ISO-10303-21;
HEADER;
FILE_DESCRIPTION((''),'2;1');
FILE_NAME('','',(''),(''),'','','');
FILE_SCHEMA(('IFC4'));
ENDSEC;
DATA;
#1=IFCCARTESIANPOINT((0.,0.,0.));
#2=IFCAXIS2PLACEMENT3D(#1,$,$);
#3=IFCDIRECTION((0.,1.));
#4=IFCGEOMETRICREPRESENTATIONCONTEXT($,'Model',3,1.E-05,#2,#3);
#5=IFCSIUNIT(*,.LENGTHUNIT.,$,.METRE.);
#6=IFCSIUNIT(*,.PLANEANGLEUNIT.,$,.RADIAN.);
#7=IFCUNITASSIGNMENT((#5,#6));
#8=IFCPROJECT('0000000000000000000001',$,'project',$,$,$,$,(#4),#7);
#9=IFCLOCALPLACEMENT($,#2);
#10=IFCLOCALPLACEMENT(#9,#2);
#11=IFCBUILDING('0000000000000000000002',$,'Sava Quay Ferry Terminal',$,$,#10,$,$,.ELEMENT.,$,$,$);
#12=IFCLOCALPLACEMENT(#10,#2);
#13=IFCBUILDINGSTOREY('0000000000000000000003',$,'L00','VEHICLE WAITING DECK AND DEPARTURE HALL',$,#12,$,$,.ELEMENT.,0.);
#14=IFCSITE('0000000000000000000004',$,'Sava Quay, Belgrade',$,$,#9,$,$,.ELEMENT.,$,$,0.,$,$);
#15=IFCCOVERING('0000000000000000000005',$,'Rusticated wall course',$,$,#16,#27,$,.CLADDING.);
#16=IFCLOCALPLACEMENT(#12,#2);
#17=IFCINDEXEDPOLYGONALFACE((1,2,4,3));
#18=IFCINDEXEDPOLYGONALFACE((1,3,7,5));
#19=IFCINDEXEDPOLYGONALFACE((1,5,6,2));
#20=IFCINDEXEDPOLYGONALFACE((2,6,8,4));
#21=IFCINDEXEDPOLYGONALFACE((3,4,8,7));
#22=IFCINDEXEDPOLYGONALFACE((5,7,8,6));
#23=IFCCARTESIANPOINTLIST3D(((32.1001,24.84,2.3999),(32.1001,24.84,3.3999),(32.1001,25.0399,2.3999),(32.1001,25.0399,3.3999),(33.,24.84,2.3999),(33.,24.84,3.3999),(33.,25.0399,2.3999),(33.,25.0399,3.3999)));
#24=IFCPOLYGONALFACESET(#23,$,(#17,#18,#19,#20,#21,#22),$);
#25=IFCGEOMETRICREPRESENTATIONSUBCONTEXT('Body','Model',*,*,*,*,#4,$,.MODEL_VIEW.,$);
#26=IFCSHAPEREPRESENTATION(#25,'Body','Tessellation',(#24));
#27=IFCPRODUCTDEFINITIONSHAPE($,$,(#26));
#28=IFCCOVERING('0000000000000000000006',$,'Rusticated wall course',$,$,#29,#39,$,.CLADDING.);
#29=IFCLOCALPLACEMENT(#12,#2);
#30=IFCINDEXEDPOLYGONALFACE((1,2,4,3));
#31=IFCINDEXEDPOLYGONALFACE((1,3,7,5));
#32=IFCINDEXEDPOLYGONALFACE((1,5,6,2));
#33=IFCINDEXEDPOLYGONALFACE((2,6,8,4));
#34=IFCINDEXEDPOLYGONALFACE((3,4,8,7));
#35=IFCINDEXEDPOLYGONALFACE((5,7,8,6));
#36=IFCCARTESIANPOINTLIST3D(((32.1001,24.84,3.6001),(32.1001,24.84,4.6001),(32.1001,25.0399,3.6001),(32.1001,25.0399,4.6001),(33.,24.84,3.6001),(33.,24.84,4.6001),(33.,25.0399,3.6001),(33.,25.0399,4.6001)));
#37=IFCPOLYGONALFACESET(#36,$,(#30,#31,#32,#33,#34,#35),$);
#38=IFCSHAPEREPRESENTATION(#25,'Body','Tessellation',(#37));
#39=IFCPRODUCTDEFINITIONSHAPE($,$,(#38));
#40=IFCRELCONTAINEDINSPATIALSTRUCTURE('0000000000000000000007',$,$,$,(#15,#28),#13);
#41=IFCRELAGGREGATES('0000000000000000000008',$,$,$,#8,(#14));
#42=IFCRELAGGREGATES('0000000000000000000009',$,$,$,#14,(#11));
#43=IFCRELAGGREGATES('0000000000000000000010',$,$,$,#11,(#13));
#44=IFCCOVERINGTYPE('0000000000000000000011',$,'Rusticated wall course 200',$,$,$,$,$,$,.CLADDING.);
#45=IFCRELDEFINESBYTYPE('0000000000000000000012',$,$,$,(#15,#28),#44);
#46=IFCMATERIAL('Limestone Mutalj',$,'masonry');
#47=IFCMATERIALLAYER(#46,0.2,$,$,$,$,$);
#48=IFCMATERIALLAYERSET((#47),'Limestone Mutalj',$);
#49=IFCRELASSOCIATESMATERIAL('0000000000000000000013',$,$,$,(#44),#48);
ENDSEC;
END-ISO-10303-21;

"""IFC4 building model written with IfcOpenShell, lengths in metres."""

from ifc_helpers import new_model, si_unit, direction, frame, origin, origin_2d, place, context, subcontext, project, spatial, rectangle, extrude, material, layer, layer_set, type_object, element, save


model = new_model("IFC4")

# Units and contexts
model_context = context("Model", 3, precision=1e-05, world=origin(), true_north=direction((0.0, 1.0)))
body_context = subcontext(model_context, "Body", "Model", "MODEL_VIEW")
ifc_project = project(units=[si_unit("LENGTHUNIT", "METRE"), si_unit("PLANEANGLEUNIT", "RADIAN")], contexts=[model_context])

# Site, building, storey
site_placement = place(None, origin())
site = spatial("IfcSite", under=ifc_project, at=site_placement, Name="Sava Quay, Belgrade", CompositionType="ELEMENT", RefElevation=0.0)
building_placement = place(site_placement, origin())
building = spatial("IfcBuilding", under=site, at=building_placement, Name="Sava Quay Ferry Terminal", CompositionType="ELEMENT")
storey_placement = place(building_placement, origin())
storey = spatial("IfcBuildingStorey", under=building, at=storey_placement, Name="L00", Description="VEHICLE WAITING DECK AND DEPARTURE HALL", CompositionType="ELEMENT", Elevation=0.0)

# Coverings
ifc_material_1 = material(Name="Limestone Mutalj", Category="masonry")
ifc_layer_1 = layer(ifc_material_1, 0.2)
ifc_layer_set_1 = layer_set([ifc_layer_1], Name="Limestone Mutalj")
covering_type = type_object("IfcCoveringType", Name="Rusticated wall course 200", PredefinedType="CLADDING", material=ifc_layer_set_1)
for number, where, z_axis, x_axis, name in (
    (1, (32.55, 24.9399, 2.3999), (0.0, 0.0, 1.0), (1.0, 0.0, 0.0), "Rusticated wall course"),
    (2, (32.55, 24.9399, 3.6001), (0.0, 0.0, 1.0), (1.0, 0.0, 0.0), "Rusticated wall course"),
):
    element("IfcCovering", number, at=place(storey_placement, frame(where, z_axis=z_axis, x_axis=x_axis)), inside=storey, type_object=covering_type, Name=name, PredefinedType="CLADDING", context=body_context, shape_type="SweptSolid", body=[
        extrude(rectangle(XDim=0.8999, YDim=0.2, at=origin_2d()), origin(), (0.0, 0.0, 1.0), 1.0),
    ])

save(model, "model.ifc")
